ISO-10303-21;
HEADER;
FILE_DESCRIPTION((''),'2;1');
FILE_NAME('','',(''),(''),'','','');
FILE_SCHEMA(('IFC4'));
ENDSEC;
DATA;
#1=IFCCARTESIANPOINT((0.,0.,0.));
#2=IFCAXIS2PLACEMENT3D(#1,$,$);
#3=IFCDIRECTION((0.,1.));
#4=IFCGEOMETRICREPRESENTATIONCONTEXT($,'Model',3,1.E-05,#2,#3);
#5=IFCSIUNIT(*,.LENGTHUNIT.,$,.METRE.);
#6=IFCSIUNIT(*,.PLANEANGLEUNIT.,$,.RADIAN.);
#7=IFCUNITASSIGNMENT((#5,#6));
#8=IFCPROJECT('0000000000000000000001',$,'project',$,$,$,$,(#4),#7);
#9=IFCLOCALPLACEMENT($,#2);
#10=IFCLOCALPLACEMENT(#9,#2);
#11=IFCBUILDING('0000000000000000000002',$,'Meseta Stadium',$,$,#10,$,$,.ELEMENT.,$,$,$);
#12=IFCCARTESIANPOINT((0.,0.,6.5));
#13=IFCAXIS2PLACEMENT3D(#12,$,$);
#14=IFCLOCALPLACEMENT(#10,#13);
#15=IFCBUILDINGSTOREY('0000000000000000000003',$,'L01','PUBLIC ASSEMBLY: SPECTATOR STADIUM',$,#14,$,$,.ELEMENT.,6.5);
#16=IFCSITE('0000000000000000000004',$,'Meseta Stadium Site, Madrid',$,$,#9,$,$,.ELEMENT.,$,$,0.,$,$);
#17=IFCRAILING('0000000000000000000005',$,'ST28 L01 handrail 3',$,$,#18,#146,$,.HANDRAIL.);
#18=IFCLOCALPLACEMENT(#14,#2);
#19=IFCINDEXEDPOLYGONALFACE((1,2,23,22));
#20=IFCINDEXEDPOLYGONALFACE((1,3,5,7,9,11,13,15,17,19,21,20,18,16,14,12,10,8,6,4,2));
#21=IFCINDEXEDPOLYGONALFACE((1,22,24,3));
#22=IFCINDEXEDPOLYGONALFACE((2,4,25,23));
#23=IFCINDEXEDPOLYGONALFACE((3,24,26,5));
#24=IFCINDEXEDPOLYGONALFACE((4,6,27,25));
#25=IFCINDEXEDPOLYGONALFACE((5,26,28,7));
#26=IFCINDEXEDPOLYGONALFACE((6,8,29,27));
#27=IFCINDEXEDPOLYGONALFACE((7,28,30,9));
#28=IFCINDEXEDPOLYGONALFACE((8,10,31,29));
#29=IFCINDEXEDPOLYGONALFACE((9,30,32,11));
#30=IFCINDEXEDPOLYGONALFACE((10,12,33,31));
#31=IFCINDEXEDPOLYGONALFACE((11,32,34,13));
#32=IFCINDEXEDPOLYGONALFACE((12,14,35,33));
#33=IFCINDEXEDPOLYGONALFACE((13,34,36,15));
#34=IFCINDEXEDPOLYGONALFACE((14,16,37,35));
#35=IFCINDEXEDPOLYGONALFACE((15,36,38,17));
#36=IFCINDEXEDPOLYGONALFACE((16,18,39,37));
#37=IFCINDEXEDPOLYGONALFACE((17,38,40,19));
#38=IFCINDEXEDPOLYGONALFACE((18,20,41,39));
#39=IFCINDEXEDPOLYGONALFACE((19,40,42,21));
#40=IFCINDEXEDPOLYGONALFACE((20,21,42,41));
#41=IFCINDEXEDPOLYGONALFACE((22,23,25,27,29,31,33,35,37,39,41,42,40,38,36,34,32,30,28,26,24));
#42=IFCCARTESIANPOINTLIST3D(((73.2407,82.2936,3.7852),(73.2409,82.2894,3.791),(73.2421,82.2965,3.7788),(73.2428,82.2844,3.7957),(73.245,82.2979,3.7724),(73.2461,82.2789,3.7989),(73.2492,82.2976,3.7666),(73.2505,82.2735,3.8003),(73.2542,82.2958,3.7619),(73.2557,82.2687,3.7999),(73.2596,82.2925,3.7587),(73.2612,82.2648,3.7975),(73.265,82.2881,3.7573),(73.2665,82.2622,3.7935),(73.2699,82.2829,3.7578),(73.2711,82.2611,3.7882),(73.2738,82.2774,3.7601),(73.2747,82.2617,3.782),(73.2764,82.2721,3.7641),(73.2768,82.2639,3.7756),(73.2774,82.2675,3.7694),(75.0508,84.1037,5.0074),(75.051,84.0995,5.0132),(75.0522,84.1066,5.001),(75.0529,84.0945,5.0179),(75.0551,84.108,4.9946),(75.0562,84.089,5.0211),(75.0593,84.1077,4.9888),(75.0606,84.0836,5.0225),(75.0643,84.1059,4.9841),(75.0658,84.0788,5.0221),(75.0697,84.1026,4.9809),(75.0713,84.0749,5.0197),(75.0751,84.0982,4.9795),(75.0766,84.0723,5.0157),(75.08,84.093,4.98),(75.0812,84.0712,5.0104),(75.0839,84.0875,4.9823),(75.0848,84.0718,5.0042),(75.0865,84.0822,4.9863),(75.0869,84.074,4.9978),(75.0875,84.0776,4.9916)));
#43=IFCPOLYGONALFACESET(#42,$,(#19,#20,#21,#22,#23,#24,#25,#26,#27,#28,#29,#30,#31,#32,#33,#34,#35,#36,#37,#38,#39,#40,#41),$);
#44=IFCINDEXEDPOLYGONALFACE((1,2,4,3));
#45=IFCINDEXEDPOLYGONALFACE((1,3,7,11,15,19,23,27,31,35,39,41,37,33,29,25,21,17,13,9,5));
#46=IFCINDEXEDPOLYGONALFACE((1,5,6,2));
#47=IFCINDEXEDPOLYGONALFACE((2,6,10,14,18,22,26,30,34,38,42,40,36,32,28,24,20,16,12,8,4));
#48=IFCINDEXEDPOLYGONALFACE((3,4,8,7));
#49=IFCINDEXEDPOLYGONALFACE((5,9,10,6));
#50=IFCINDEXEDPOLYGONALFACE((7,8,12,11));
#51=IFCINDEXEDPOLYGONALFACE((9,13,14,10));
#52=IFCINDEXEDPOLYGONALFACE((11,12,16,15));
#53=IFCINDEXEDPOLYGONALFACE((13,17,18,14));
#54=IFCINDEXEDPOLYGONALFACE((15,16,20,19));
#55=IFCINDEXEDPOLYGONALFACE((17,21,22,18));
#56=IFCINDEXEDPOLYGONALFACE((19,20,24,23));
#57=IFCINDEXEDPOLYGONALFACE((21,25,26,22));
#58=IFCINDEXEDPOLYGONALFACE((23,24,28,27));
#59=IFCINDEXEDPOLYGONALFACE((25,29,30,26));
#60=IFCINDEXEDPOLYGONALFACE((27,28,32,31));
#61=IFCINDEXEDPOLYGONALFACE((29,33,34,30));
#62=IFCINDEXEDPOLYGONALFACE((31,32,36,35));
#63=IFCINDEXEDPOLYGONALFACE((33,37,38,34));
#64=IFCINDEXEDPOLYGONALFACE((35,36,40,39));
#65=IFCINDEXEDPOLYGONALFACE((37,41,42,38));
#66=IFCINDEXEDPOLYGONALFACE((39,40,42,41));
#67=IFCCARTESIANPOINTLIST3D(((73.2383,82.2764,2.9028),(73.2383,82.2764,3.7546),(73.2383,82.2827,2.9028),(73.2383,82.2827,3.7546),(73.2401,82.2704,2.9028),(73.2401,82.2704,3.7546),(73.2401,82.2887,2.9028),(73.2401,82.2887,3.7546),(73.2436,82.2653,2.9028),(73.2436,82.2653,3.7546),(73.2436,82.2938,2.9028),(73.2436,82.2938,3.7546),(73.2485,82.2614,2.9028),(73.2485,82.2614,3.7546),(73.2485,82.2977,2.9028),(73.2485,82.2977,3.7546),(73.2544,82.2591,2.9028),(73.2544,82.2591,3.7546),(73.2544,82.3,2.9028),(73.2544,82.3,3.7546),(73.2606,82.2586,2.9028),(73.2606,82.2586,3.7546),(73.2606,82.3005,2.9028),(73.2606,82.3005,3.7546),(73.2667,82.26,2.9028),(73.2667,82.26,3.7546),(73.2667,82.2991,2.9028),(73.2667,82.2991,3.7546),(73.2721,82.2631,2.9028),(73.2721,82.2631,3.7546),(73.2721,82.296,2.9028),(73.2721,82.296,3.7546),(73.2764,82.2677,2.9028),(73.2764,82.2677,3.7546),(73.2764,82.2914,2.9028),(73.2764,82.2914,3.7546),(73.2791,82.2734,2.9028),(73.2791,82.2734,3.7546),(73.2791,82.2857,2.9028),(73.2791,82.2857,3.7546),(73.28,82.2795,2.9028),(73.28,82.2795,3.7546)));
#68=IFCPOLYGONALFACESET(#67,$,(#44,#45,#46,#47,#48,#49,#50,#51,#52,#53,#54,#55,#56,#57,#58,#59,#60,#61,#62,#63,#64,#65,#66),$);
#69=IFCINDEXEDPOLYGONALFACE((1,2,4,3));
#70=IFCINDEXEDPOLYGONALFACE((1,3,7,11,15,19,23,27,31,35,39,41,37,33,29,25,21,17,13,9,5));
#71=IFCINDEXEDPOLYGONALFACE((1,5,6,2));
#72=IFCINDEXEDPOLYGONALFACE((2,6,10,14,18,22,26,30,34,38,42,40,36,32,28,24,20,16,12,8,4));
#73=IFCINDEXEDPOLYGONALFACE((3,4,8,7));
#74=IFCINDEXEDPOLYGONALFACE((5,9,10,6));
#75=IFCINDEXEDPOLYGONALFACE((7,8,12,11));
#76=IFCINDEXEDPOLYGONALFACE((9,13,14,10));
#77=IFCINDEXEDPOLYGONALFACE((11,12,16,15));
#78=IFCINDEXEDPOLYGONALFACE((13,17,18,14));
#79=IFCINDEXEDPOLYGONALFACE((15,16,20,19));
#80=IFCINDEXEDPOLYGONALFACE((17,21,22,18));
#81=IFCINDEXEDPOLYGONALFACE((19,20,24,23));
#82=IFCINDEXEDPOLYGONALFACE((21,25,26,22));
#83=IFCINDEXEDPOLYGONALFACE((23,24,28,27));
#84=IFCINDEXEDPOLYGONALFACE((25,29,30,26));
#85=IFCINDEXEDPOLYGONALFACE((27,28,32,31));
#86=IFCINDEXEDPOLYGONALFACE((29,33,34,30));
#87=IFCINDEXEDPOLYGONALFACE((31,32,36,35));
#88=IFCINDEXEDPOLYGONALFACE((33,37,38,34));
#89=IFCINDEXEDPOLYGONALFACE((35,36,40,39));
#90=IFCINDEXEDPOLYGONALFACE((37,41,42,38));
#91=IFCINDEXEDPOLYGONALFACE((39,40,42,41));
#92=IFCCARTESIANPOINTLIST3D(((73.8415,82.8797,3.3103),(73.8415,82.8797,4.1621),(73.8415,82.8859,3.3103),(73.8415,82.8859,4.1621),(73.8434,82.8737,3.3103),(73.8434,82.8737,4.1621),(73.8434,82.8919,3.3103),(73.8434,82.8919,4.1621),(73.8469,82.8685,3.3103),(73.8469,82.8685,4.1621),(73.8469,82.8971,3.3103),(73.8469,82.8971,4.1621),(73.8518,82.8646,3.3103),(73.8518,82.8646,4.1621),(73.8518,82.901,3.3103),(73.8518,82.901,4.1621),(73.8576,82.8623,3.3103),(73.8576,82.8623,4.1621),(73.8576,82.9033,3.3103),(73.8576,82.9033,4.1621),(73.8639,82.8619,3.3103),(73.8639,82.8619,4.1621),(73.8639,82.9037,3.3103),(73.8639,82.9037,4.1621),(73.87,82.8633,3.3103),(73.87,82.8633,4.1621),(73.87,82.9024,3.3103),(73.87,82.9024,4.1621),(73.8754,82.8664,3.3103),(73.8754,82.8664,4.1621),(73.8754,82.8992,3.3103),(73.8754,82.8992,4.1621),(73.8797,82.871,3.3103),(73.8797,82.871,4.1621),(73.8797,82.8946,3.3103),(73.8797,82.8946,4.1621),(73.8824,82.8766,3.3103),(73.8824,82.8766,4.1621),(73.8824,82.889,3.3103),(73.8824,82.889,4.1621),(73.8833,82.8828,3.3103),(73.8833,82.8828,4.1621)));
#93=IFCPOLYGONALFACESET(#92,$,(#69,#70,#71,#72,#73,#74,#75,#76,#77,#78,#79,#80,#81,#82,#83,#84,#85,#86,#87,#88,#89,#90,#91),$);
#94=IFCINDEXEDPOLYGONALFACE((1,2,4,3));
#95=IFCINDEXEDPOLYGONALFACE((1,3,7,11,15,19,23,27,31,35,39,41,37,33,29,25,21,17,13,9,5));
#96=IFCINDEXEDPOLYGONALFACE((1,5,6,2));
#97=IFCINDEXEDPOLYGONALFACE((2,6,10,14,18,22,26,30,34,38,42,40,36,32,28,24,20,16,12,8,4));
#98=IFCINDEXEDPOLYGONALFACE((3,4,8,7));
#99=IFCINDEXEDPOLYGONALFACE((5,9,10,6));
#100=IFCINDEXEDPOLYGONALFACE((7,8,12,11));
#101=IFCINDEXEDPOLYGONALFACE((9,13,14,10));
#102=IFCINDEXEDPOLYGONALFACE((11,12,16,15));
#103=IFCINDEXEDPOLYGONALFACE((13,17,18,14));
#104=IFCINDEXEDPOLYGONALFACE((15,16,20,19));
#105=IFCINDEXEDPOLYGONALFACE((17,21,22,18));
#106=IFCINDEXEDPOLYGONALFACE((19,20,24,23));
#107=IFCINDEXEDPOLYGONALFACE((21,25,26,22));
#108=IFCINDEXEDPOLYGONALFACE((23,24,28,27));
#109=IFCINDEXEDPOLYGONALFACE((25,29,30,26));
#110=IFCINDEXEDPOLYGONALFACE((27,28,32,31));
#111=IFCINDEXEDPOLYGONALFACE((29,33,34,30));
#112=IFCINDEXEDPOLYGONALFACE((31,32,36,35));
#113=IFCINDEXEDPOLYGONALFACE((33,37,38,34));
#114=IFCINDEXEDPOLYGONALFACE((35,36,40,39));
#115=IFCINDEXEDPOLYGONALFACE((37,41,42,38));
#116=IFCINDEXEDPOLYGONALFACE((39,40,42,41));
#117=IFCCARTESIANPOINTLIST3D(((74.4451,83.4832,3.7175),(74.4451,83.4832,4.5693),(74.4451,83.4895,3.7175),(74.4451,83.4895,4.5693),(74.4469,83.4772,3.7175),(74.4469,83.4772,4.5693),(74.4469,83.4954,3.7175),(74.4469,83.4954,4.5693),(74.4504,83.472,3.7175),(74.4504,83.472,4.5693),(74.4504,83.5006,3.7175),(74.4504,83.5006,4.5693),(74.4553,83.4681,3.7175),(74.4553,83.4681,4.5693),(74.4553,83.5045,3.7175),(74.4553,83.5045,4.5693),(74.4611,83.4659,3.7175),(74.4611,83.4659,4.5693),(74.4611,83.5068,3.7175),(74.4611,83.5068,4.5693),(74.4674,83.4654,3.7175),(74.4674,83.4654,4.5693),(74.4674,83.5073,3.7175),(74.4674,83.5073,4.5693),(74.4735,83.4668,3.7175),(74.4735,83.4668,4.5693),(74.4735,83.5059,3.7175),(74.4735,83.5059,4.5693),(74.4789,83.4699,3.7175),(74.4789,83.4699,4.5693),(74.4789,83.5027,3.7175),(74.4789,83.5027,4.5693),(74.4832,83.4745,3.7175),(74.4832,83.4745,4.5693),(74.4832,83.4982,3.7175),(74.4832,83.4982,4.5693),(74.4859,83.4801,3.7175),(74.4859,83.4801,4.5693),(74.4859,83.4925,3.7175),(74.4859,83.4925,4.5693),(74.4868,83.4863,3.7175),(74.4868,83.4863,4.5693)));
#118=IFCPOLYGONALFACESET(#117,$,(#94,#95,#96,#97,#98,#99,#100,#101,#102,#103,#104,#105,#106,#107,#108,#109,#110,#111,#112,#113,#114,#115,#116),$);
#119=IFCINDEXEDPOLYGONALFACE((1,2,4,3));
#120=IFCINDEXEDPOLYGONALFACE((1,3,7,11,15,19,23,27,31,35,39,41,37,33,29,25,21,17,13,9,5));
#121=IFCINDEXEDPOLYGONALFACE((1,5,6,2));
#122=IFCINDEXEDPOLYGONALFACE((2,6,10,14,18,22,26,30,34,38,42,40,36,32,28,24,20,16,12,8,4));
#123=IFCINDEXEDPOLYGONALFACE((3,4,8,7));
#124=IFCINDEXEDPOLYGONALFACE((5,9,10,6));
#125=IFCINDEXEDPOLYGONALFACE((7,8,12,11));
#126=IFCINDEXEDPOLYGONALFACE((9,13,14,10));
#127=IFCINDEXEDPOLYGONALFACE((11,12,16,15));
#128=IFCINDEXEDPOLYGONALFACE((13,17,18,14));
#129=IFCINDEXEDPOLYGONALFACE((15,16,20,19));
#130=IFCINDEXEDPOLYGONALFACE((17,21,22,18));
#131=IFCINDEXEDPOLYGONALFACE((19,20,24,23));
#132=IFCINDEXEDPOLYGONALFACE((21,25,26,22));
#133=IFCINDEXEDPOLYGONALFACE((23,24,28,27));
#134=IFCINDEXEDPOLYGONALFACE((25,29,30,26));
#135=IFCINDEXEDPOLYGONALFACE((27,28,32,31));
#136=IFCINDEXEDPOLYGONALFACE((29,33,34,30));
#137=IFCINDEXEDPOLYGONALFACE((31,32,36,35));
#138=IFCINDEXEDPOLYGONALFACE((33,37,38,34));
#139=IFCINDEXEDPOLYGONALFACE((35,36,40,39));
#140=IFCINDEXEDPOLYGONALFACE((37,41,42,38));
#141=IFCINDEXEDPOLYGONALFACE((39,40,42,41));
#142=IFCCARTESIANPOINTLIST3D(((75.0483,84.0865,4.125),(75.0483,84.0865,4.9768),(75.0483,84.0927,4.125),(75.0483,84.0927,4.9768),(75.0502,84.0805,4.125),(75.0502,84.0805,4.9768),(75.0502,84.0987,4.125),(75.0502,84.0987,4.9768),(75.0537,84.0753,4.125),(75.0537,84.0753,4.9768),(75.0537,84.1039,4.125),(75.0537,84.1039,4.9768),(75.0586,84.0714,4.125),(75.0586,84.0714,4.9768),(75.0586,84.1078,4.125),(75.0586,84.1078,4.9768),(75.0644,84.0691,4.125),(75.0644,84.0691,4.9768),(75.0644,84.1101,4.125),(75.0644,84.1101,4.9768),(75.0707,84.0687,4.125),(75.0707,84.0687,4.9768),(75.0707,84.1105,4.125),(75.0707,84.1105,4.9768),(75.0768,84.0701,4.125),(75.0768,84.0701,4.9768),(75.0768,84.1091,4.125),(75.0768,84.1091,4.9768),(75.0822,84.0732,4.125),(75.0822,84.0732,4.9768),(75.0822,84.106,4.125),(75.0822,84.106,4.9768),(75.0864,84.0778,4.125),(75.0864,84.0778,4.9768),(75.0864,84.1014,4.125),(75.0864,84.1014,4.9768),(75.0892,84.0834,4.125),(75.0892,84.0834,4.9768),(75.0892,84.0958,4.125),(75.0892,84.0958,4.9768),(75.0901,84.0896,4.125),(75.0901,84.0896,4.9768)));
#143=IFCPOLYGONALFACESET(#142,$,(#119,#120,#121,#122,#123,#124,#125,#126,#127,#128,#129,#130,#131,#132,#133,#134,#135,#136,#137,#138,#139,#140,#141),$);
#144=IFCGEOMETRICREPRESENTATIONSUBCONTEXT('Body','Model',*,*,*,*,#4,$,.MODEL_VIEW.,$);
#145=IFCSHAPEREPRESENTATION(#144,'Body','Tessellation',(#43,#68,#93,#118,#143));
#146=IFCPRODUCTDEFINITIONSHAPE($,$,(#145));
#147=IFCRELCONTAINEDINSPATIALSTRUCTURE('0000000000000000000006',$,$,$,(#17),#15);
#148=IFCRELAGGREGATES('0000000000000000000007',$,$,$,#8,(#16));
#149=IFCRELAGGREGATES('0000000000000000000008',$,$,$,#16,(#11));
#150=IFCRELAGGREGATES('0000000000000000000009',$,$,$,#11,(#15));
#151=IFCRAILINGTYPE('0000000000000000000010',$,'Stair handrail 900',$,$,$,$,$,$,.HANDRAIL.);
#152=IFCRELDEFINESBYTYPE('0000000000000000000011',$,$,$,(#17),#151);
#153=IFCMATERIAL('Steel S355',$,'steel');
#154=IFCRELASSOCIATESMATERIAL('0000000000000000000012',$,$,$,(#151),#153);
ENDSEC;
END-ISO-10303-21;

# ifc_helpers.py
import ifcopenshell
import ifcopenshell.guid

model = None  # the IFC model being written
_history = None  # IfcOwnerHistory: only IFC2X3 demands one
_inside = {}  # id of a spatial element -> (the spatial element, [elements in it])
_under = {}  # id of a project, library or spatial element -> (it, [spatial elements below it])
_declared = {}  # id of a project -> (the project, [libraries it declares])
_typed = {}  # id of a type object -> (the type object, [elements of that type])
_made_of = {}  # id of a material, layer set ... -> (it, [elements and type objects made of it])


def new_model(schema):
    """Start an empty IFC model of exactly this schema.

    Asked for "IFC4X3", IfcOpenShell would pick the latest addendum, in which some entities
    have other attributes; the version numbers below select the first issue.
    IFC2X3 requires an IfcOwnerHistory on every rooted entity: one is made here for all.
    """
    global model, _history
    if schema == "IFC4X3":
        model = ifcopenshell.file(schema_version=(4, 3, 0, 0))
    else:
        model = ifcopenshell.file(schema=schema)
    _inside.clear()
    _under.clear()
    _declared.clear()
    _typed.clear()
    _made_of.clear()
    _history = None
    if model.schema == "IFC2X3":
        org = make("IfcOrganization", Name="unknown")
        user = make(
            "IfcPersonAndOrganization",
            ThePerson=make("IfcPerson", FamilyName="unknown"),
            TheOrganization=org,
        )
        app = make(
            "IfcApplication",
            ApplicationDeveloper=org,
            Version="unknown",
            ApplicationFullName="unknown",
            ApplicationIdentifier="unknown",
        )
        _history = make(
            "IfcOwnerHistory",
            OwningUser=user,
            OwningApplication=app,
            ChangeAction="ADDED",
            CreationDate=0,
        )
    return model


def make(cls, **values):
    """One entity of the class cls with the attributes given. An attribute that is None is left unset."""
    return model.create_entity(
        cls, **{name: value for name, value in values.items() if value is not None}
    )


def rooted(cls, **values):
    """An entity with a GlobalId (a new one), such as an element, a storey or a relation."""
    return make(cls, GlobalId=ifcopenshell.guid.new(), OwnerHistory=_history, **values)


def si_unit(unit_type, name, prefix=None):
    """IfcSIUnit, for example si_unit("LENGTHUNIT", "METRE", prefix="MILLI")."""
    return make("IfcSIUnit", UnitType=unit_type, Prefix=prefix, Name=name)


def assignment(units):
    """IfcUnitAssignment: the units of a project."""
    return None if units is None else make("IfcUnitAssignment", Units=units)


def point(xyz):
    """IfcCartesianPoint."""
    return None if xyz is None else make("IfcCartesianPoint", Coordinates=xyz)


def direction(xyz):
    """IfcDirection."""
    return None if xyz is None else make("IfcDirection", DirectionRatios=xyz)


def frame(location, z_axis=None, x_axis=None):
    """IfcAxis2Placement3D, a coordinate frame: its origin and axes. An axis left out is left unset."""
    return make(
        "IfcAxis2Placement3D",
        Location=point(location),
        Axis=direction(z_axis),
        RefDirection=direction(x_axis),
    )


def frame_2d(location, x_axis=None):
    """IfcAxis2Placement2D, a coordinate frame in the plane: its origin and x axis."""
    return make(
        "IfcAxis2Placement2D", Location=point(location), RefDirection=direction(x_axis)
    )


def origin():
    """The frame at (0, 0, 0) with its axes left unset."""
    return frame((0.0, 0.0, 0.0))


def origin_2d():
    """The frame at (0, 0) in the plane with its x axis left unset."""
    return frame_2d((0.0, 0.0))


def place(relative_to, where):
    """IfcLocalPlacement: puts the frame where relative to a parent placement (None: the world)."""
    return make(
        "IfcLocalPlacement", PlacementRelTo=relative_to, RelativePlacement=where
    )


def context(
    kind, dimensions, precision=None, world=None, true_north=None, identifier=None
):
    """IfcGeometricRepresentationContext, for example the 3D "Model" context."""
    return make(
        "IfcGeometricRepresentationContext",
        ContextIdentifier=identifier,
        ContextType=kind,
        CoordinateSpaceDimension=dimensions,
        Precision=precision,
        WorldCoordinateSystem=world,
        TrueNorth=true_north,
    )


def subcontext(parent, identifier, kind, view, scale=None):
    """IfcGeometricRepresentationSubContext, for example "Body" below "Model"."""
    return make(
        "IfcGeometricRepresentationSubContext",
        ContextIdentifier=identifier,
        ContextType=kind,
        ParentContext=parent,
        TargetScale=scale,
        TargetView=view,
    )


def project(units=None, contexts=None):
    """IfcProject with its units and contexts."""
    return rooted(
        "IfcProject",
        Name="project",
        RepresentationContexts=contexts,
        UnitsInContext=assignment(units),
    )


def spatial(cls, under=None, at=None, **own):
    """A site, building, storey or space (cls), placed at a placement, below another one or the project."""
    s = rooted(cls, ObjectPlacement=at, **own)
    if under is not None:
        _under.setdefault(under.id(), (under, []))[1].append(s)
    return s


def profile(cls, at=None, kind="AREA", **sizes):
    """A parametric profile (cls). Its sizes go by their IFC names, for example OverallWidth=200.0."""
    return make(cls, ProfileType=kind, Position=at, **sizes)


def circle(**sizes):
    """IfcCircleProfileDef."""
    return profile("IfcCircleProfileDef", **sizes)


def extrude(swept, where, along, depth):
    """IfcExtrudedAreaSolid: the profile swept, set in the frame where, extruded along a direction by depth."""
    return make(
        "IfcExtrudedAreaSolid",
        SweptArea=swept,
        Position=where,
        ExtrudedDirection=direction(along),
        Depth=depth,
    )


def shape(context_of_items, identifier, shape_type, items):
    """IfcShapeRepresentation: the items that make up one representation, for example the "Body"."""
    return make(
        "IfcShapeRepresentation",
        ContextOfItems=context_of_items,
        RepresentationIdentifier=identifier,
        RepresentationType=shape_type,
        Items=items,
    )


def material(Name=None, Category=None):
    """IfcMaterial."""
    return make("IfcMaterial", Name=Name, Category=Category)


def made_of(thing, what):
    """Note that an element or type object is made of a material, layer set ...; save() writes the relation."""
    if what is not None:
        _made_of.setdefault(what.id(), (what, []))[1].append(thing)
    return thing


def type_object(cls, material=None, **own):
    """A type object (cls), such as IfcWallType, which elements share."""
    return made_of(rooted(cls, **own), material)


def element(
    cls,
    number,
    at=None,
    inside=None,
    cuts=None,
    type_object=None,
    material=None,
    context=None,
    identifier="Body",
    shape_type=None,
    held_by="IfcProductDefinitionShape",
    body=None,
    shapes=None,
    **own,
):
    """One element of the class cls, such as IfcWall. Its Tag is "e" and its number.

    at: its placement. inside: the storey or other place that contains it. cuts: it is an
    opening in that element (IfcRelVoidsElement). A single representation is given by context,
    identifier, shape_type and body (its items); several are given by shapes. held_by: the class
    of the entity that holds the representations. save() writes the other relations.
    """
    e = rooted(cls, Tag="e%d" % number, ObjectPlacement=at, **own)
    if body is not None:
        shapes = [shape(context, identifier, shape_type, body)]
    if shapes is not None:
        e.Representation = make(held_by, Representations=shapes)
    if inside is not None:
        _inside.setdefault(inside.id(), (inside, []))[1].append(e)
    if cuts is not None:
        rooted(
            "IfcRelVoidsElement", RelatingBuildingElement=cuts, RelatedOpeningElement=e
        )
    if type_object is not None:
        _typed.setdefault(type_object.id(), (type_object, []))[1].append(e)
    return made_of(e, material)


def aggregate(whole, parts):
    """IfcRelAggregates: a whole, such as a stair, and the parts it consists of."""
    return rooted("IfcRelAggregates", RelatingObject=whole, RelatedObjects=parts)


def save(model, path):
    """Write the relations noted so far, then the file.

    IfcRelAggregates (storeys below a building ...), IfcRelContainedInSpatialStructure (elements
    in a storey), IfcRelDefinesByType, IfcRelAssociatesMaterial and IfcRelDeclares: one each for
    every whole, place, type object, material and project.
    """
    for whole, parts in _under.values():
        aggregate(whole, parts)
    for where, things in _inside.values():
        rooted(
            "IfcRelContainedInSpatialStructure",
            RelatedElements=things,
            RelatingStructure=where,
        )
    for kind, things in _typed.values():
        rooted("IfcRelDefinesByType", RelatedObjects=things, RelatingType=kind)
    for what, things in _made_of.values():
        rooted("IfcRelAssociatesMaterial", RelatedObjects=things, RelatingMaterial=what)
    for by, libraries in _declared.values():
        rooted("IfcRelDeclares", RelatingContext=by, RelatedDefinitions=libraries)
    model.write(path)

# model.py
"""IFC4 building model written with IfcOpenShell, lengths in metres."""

from ifc_helpers import new_model, si_unit, direction, frame, origin, origin_2d, place, context, subcontext, project, spatial, circle, extrude, material, type_object, element, save


model = new_model("IFC4")

# Units and contexts
model_context = context("Model", 3, precision=1e-05, world=origin(), true_north=direction((0.0, 1.0)))
body_context = subcontext(model_context, "Body", "Model", "MODEL_VIEW")
ifc_project = project(units=[si_unit("LENGTHUNIT", "METRE"), si_unit("PLANEANGLEUNIT", "RADIAN")], contexts=[model_context])

# Site, building, storey
site_placement = place(None, origin())
site = spatial("IfcSite", under=ifc_project, at=site_placement, Name="Meseta Stadium Site, Madrid", CompositionType="ELEMENT", RefElevation=0.0)
building_placement = place(site_placement, origin())
building = spatial("IfcBuilding", under=site, at=building_placement, Name="Meseta Stadium", CompositionType="ELEMENT")
storey_placement = place(building_placement, frame((0.0, 0.0, 6.5)))
storey = spatial("IfcBuildingStorey", under=building, at=storey_placement, Name="L01", Description="PUBLIC ASSEMBLY: SPECTATOR STADIUM", CompositionType="ELEMENT", Elevation=6.5)

# Railing
ifc_material_1 = material(Name="Steel S355", Category="steel")
railing_type_1 = type_object("IfcRailingType", Name="Stair handrail 900", PredefinedType="HANDRAIL", material=ifc_material_1)
for number, where, name in (
    (1, (73.259, 82.2795, 2.9028), "ST28 L01 handrail 3"),
):
    element("IfcRailing", number, at=place(storey_placement, frame(where)), inside=storey, type_object=railing_type_1, Name=name, PredefinedType="HANDRAIL", context=body_context, shape_type="SweptSolid", body=[
        extrude(circle(Radius=0.0239, at=origin_2d()), frame((0.0, 0.0, 0.876), z_axis=(0.638108, 0.638108, 0.430856), x_axis=(-0.707107, 0.707107, 0.0)), (0.0, 0.0, 1.0), 2.8367),
        extrude(circle(Radius=0.021, at=origin_2d()), origin(), (0.0, 0.0, 1.0), 0.8518),
        extrude(circle(Radius=0.021, at=origin_2d()), frame((0.6033, 0.6033, 0.4075)), (0.0, 0.0, 1.0), 0.8518),
        extrude(circle(Radius=0.021, at=origin_2d()), frame((1.2068, 1.2068, 0.8147)), (0.0, 0.0, 1.0), 0.8518),
        extrude(circle(Radius=0.021, at=origin_2d()), frame((1.8101, 1.8101, 1.2222)), (0.0, 0.0, 1.0), 0.8518),
    ])

save(model, "model.ifc")
